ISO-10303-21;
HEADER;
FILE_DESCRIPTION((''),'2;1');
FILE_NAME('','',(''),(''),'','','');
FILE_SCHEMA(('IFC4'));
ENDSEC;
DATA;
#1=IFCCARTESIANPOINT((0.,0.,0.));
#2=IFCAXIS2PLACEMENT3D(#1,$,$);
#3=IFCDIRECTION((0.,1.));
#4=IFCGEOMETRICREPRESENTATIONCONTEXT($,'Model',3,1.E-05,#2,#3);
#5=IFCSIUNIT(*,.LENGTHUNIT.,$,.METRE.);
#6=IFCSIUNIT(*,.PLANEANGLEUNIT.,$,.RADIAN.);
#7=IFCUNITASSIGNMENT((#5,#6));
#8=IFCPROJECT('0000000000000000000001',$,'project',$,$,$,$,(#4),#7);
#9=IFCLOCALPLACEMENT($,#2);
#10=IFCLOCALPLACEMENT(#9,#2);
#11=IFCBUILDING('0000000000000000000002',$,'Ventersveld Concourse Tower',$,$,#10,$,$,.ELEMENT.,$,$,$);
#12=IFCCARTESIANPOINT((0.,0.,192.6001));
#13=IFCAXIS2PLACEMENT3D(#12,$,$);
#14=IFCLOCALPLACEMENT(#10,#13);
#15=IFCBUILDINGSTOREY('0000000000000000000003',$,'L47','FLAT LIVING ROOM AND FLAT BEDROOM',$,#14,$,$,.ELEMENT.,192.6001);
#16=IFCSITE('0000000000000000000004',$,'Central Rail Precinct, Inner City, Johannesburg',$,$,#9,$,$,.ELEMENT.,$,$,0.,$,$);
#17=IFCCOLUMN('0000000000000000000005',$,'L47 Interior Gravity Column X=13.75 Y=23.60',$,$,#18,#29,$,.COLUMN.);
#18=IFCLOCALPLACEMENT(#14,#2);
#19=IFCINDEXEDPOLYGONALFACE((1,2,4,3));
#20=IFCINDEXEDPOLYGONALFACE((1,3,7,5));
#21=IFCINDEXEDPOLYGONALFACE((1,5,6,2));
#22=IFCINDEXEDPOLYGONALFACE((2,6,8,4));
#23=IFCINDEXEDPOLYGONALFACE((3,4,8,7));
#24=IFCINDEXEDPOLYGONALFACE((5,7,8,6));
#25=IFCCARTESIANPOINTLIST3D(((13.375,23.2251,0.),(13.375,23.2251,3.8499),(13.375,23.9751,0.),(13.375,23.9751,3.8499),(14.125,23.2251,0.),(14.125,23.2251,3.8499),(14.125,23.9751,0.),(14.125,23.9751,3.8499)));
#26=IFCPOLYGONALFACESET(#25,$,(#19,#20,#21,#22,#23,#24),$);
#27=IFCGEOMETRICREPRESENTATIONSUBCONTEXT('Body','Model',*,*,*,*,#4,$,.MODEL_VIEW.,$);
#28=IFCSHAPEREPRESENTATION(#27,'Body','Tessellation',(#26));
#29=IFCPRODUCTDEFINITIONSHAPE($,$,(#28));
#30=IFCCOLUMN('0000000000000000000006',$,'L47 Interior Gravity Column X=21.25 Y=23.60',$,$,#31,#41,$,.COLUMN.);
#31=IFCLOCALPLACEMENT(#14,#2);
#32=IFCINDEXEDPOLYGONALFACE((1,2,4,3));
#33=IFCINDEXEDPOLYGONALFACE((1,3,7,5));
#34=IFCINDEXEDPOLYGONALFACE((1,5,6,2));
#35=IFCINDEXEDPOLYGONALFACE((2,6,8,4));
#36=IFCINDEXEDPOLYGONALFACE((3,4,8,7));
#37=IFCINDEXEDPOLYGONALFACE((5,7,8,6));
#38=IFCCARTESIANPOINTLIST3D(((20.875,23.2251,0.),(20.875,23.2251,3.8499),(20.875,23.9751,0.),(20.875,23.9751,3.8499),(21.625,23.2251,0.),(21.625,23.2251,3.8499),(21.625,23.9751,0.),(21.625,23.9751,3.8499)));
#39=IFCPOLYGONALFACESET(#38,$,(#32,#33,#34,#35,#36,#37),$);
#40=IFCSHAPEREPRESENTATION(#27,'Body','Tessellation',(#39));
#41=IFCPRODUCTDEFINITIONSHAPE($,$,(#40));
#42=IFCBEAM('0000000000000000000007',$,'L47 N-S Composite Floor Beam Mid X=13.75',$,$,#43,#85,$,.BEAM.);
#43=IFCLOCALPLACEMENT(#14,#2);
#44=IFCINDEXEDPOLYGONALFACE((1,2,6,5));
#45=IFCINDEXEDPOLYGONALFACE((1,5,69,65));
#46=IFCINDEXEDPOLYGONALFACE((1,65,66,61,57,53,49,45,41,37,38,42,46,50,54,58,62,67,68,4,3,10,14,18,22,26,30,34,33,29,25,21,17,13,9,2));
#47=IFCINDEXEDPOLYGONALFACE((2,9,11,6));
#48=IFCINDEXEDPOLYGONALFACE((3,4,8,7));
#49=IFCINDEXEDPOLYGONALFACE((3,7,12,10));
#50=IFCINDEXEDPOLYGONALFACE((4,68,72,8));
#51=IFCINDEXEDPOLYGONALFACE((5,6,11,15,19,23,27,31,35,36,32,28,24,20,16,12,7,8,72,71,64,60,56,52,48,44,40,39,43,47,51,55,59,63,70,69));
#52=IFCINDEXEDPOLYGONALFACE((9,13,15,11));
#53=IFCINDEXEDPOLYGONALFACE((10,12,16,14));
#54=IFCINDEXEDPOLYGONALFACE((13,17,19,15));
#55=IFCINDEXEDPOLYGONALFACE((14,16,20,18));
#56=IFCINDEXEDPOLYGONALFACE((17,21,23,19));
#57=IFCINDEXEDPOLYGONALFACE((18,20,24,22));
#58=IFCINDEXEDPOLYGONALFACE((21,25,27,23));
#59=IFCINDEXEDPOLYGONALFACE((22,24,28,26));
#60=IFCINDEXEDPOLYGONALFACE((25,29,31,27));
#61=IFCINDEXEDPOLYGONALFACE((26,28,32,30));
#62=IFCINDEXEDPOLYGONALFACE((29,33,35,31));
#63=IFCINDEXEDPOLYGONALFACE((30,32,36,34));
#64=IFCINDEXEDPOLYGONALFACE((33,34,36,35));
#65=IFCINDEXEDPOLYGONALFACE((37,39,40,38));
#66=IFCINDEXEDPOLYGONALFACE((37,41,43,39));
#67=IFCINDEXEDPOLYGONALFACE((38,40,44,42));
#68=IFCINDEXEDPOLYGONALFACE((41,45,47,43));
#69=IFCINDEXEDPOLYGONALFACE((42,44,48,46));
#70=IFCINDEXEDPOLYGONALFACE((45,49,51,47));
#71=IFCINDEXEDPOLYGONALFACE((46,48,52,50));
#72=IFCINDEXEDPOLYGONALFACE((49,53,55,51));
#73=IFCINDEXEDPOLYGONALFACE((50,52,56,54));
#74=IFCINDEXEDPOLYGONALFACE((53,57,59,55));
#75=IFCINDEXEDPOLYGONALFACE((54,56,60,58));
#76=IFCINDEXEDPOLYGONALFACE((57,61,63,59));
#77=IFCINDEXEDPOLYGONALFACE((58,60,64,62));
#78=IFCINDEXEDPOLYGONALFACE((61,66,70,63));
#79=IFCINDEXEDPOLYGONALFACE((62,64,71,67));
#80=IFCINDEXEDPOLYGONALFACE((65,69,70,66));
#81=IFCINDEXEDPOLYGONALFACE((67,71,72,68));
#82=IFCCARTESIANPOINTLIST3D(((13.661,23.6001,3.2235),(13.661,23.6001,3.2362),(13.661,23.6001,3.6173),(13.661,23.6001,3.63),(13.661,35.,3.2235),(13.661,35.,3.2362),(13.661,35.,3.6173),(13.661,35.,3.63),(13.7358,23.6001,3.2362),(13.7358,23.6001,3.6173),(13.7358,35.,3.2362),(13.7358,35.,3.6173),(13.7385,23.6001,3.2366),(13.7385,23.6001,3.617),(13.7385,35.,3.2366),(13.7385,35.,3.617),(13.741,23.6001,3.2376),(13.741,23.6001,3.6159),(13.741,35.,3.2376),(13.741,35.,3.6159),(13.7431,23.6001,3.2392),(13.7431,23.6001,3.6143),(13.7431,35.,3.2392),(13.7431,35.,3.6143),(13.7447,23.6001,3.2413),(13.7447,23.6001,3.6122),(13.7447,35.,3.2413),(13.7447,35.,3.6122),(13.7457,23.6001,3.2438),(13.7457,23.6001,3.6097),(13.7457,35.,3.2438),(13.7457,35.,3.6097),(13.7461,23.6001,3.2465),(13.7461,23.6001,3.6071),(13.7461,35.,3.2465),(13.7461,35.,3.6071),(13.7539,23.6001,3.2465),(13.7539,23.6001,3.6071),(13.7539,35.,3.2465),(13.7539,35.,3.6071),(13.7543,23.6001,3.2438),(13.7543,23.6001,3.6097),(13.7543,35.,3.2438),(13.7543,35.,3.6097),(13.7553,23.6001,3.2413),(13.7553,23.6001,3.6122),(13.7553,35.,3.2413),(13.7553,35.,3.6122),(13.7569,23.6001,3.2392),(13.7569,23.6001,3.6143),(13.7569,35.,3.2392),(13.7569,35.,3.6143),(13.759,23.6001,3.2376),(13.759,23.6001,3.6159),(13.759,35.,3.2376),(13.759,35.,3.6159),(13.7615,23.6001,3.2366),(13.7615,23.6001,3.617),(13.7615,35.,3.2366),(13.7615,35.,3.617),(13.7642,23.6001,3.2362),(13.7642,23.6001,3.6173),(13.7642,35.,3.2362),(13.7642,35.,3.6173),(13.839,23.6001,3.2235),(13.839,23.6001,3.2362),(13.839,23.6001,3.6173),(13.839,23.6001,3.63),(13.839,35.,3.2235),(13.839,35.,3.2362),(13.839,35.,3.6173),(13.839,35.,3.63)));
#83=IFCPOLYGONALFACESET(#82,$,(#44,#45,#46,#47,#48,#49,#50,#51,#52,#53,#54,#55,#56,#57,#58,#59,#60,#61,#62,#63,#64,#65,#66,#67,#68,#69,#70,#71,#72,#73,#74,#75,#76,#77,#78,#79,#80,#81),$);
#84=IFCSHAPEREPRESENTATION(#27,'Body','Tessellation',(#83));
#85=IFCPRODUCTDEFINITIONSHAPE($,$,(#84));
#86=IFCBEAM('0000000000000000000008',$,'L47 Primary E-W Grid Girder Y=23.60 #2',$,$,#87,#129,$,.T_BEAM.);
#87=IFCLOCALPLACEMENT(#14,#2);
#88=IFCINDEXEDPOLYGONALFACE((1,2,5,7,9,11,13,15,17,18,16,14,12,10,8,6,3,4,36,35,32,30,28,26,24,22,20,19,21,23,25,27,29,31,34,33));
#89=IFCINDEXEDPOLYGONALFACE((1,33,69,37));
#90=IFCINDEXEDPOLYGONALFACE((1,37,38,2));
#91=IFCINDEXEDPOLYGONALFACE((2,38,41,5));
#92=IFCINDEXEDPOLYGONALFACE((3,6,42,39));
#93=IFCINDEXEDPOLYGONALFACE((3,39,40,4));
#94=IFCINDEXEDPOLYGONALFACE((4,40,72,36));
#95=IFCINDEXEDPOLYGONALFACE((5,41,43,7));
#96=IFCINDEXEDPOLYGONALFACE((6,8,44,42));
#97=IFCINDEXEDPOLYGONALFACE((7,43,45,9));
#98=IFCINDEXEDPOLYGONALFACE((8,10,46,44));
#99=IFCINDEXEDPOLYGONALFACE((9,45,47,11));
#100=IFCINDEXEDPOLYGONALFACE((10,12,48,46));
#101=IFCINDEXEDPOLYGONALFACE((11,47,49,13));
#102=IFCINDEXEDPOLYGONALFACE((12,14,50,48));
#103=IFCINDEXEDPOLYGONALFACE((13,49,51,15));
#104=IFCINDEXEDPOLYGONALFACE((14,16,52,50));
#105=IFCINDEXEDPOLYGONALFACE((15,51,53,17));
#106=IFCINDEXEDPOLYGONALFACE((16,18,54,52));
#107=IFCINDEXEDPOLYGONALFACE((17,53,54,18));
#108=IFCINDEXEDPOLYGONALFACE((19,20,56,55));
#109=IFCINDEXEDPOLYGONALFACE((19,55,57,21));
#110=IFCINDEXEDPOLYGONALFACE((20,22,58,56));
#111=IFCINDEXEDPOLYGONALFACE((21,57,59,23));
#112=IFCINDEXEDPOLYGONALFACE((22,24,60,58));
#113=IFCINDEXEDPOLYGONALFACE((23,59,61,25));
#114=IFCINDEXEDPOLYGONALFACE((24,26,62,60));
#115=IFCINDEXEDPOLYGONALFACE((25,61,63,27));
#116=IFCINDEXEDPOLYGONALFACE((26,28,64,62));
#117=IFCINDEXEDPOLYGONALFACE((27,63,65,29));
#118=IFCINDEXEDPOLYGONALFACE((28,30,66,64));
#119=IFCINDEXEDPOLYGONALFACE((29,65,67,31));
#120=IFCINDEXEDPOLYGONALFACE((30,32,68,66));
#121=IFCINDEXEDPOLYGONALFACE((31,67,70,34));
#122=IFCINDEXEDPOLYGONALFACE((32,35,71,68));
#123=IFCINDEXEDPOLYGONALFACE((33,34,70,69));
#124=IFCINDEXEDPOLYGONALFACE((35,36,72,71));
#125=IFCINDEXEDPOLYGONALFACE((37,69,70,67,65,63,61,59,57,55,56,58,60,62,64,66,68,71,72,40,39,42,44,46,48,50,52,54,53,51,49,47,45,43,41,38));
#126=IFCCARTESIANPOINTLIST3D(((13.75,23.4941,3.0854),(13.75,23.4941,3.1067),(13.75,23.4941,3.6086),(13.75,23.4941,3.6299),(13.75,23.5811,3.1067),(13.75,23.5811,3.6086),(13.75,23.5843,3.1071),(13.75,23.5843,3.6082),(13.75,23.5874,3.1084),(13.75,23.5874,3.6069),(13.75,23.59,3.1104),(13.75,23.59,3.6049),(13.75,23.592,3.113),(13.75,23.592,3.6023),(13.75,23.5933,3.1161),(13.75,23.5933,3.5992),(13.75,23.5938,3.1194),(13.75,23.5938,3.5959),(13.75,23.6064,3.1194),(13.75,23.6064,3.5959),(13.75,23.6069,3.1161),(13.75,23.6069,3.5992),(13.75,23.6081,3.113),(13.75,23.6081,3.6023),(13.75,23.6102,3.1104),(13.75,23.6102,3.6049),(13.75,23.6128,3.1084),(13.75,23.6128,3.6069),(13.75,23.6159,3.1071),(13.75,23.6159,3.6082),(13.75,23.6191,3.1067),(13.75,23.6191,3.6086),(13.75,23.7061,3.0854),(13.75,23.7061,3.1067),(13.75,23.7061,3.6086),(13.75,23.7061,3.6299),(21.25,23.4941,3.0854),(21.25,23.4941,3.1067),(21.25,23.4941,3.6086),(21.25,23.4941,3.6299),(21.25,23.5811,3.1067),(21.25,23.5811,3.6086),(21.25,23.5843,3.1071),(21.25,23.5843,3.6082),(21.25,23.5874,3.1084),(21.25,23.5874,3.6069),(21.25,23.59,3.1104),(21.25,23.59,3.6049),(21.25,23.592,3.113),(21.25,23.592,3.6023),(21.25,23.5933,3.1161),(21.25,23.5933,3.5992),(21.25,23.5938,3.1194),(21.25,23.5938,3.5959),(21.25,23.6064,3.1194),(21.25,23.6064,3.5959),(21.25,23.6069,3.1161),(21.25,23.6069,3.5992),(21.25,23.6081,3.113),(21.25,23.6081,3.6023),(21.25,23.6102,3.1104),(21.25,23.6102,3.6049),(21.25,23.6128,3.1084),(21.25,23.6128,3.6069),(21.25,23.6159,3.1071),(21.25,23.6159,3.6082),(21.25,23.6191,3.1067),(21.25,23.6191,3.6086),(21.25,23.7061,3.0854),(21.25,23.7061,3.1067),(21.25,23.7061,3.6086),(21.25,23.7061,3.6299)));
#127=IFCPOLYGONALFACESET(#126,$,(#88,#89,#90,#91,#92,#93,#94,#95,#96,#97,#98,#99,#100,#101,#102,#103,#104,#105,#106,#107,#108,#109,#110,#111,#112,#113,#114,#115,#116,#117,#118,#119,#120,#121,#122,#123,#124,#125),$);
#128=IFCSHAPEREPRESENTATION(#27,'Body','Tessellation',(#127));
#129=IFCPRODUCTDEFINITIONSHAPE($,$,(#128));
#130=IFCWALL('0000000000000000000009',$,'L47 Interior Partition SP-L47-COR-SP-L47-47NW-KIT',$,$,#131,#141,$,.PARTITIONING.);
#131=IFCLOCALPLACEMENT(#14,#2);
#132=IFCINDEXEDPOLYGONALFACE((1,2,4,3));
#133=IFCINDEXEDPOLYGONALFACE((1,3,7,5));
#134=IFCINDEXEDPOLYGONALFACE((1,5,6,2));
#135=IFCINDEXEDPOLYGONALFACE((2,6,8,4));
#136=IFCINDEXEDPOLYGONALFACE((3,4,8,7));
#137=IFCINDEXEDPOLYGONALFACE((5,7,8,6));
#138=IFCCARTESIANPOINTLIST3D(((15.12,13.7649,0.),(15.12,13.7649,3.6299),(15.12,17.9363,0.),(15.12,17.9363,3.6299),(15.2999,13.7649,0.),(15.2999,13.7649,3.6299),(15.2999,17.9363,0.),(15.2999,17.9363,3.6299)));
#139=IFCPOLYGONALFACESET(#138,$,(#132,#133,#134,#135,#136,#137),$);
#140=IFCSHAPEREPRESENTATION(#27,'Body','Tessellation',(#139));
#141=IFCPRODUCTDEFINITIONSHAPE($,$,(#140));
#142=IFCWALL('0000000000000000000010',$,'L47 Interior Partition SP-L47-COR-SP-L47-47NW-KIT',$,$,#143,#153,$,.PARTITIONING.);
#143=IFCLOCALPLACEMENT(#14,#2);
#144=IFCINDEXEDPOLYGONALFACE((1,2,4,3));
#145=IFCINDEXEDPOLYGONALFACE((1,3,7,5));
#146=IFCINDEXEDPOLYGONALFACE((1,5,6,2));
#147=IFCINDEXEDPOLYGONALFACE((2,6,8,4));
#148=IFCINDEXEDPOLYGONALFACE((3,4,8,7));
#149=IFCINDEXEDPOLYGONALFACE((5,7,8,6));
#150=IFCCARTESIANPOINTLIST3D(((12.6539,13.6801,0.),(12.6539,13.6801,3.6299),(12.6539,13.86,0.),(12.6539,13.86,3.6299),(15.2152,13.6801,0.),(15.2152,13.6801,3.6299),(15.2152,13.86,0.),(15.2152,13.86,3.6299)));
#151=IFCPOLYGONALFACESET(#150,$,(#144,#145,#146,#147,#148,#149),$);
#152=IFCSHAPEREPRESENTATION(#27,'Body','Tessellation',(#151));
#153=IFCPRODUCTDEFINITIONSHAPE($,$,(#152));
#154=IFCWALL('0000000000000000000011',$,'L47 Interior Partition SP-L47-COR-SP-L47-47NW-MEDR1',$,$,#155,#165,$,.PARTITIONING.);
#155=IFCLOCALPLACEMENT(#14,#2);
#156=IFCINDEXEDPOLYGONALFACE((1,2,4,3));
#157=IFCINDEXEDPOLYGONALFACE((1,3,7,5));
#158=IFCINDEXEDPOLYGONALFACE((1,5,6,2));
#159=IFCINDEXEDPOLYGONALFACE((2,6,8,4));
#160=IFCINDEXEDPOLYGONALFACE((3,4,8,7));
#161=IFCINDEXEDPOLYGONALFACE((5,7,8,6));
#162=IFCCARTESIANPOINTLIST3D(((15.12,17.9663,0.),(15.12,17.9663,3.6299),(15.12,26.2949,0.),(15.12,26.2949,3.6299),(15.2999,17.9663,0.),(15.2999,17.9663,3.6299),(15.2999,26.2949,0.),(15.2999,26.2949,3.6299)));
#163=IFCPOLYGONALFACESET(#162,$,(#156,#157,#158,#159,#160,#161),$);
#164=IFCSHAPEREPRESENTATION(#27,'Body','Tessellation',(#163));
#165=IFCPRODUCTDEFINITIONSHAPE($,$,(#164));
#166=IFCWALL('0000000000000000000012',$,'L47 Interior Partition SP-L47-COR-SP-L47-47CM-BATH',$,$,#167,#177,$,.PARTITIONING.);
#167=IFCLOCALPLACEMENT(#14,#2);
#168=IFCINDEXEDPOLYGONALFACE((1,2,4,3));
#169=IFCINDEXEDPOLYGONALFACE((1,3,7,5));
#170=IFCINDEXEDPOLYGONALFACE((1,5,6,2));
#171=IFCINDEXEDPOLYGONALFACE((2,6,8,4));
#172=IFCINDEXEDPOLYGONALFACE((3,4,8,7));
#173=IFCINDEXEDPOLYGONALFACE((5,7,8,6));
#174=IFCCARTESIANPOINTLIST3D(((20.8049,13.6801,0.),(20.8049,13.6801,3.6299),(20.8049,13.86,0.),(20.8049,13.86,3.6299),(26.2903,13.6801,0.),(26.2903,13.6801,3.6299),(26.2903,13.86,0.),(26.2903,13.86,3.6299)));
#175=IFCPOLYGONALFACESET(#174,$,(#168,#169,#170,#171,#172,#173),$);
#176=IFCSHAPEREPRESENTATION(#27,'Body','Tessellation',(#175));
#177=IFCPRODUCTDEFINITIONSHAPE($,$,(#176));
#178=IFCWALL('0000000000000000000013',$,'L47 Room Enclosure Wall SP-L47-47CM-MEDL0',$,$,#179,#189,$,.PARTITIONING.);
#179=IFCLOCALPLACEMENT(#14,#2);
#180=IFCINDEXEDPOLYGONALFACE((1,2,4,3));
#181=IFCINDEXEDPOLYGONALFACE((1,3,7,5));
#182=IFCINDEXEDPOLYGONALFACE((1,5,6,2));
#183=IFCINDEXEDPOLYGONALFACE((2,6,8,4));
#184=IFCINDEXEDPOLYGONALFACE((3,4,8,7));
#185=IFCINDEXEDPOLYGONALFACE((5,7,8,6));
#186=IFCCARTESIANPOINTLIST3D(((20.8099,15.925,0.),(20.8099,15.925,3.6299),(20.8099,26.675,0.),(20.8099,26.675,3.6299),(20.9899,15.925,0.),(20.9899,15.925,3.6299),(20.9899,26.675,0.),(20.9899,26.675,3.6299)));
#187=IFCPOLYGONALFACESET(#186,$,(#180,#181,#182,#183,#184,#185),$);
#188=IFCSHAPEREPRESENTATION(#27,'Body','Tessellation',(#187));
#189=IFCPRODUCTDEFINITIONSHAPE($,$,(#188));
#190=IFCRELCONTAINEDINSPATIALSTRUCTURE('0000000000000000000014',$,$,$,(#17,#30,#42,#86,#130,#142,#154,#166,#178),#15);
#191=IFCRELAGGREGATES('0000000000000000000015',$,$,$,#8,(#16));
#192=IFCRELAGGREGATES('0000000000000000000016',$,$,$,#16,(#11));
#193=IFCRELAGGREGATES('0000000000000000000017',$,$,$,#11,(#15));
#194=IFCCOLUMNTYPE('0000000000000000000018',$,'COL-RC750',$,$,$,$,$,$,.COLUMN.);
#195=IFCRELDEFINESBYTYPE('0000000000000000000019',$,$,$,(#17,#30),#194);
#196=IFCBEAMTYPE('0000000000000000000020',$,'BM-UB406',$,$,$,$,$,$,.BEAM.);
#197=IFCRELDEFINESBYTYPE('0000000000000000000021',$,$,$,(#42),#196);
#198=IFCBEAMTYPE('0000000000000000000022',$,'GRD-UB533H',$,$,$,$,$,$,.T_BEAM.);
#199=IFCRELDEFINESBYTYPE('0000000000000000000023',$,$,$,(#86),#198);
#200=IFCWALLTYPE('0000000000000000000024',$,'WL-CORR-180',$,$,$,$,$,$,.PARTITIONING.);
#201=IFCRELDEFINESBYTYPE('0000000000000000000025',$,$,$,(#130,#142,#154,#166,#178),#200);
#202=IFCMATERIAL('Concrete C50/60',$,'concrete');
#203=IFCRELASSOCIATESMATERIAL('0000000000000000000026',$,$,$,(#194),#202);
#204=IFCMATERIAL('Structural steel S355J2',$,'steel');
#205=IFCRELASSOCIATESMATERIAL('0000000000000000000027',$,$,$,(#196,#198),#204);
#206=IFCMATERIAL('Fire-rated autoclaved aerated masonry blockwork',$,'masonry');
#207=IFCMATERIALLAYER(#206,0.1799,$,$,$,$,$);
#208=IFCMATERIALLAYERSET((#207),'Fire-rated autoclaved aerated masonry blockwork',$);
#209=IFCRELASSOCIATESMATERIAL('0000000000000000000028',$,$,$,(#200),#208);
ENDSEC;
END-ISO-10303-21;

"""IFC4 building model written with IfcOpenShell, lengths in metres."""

from ifc_helpers import new_model, si_unit, direction, frame, frame_2d, origin, origin_2d, place, context, subcontext, project, spatial, rectangle, i_section, extrude, material, layer, layer_set, material_profile, profile_set, type_object, element, save


model = new_model("IFC4")

# Units and contexts
model_context = context("Model", 3, precision=1e-05, world=origin(), true_north=direction((0.0, 1.0)))
body_context = subcontext(model_context, "Body", "Model", "MODEL_VIEW")
ifc_project = project(units=[si_unit("LENGTHUNIT", "METRE"), si_unit("PLANEANGLEUNIT", "RADIAN")], contexts=[model_context])

# Site, building, storey
site_placement = place(None, origin())
site = spatial("IfcSite", under=ifc_project, at=site_placement, Name="Central Rail Precinct, Inner City, Johannesburg", CompositionType="ELEMENT", RefElevation=0.0)
building_placement = place(site_placement, origin())
building = spatial("IfcBuilding", under=site, at=building_placement, Name="Ventersveld Concourse Tower", CompositionType="ELEMENT")
storey_placement = place(building_placement, frame((0.0, 0.0, 192.6001)))
storey = spatial("IfcBuildingStorey", under=building, at=storey_placement, Name="L47", Description="FLAT LIVING ROOM AND FLAT BEDROOM", CompositionType="ELEMENT", Elevation=192.6001)

# Columns
ifc_material_1 = material(Name="Concrete C50/60", Category="concrete")
ifc_material_profile_1 = material_profile(ifc_material_1, rectangle(XDim=0.75, YDim=0.75, at=origin_2d()), Name="RC 750x750")
ifc_profile_set_1 = profile_set([ifc_material_profile_1], Name="Concrete C50/60")
column_type = type_object("IfcColumnType", Name="COL-RC750", PredefinedType="COLUMN", material=ifc_profile_set_1)
for number, where, z_axis, x_axis, name in (
    (1, (13.75, 23.6001, 0.0), (0.0, 0.0, 1.0), (1.0, 0.0, 0.0), "L47 Interior Gravity Column X=13.75 Y=23.60"),
    (2, (21.25, 23.6001, 0.0), (0.0, 0.0, 1.0), (1.0, 0.0, 0.0), "L47 Interior Gravity Column X=21.25 Y=23.60"),
):
    element("IfcColumn", number, at=place(storey_placement, frame(where, z_axis=z_axis, x_axis=x_axis)), inside=storey, type_object=column_type, Name=name, PredefinedType="COLUMN", context=body_context, shape_type="SweptSolid", body=[
        extrude(rectangle(XDim=0.75, YDim=0.75, at=origin_2d()), origin(), (0.0, 0.0, 1.0), 3.8499),
    ])

# Beams
ifc_material_2 = material(Name="Structural steel S355J2", Category="steel")
ifc_material_profile_2 = material_profile(ifc_material_2, i_section(OverallWidth=0.178, OverallDepth=0.4065, WebThickness=0.0078, FlangeThickness=0.0127, FilletRadius=0.0103, at=origin_2d()), Name="UB 406x178x60")
ifc_profile_set_2 = profile_set([ifc_material_profile_2], Name="Structural steel S355J2")
beam_type_1 = type_object("IfcBeamType", Name="BM-UB406", PredefinedType="BEAM", material=ifc_profile_set_2)
beam_1_placement = place(storey_placement, frame((13.75, 23.6001, 3.4268), z_axis=(0.0, 1.0, 0.0), x_axis=(-1.0, 0.0, 0.0)))
element("IfcBeam", 3, at=beam_1_placement, inside=storey, type_object=beam_type_1, Name="L47 N-S Composite Floor Beam Mid X=13.75", PredefinedType="BEAM", context=body_context, shape_type="SweptSolid", body=[
    extrude(i_section(OverallWidth=0.178, OverallDepth=0.4065, WebThickness=0.0078, FlangeThickness=0.0127, FilletRadius=0.0103, at=origin_2d()), origin(), (0.0, 0.0, 1.0), 11.3999),
])
ifc_material_profile_3 = material_profile(ifc_material_2, i_section(OverallWidth=0.2119, OverallDepth=0.5444, WebThickness=0.0127, FlangeThickness=0.0212, FilletRadius=0.0127, at=origin_2d()), Name="UB 533x210x122")
ifc_profile_set_3 = profile_set([ifc_material_profile_3], Name="Structural steel S355J2")
beam_type_2 = type_object("IfcBeamType", Name="GRD-UB533H", PredefinedType="T_BEAM", material=ifc_profile_set_3)
beam_2_placement = place(storey_placement, frame((13.75, 23.6001, 3.3577), z_axis=(1.0, 0.0, 0.0), x_axis=(0.0, 1.0, 0.0)))
element("IfcBeam", 4, at=beam_2_placement, inside=storey, type_object=beam_type_2, Name="L47 Primary E-W Grid Girder Y=23.60 #2", PredefinedType="T_BEAM", context=body_context, shape_type="SweptSolid", body=[
    extrude(i_section(OverallWidth=0.2119, OverallDepth=0.5444, WebThickness=0.0127, FlangeThickness=0.0212, FilletRadius=0.0127, at=origin_2d()), origin(), (0.0, 0.0, 1.0), 7.5),
])

# Walls
ifc_material_3 = material(Name="Fire-rated autoclaved aerated masonry blockwork", Category="masonry")
ifc_layer_1 = layer(ifc_material_3, 0.1799)
ifc_layer_set_1 = layer_set([ifc_layer_1], Name="Fire-rated autoclaved aerated masonry blockwork")
wall_type_1 = type_object("IfcWallType", Name="WL-CORR-180", PredefinedType="PARTITIONING", material=ifc_layer_set_1)
wall_1_placement = place(storey_placement, frame((15.21, 13.7649, 0.0), z_axis=(0.0, 0.0, 1.0), x_axis=(0.0, 1.0, 0.0)))
element("IfcWall", 5, at=wall_1_placement, inside=storey, type_object=wall_type_1, Name="L47 Interior Partition SP-L47-COR-SP-L47-47NW-KIT", PredefinedType="PARTITIONING", context=body_context, shape_type="SweptSolid", body=[
    extrude(rectangle(XDim=4.1714, YDim=0.1799, at=frame_2d((2.0857, 0.0))), origin(), (0.0, 0.0, 1.0), 3.6299),
])
wall_2_placement = place(storey_placement, frame((12.6538, 13.77, 0.0), z_axis=(0.0, 0.0, 1.0), x_axis=(1.0, 0.0, 0.0)))
element("IfcWall", 6, at=wall_2_placement, inside=storey, type_object=wall_type_1, Name="L47 Interior Partition SP-L47-COR-SP-L47-47NW-KIT", PredefinedType="PARTITIONING", context=body_context, shape_type="SweptSolid", body=[
    extrude(rectangle(XDim=2.5613, YDim=0.1799, at=frame_2d((1.2808, 0.0))), origin(), (0.0, 0.0, 1.0), 3.6299),
])
wall_3_placement = place(storey_placement, frame((15.21, 17.9663, 0.0), z_axis=(0.0, 0.0, 1.0), x_axis=(0.0, 1.0, 0.0)))
element("IfcWall", 7, at=wall_3_placement, inside=storey, type_object=wall_type_1, Name="L47 Interior Partition SP-L47-COR-SP-L47-47NW-MEDR1", PredefinedType="PARTITIONING", context=body_context, shape_type="SweptSolid", body=[
    extrude(rectangle(XDim=8.3286, YDim=0.1799, at=frame_2d((4.1643, 0.0))), origin(), (0.0, 0.0, 1.0), 3.6299),
])

# Walls
wall_4_placement = place(storey_placement, frame((20.8049, 13.77, 0.0), z_axis=(0.0, 0.0, 1.0), x_axis=(1.0, 0.0, 0.0)))
element("IfcWall", 8, at=wall_4_placement, inside=storey, type_object=wall_type_1, Name="L47 Interior Partition SP-L47-COR-SP-L47-47CM-BATH", PredefinedType="PARTITIONING", context=body_context, shape_type="SweptSolid", body=[
    extrude(rectangle(XDim=5.4854, YDim=0.1799, at=frame_2d((2.7427, 0.0))), origin(), (0.0, 0.0, 1.0), 3.6299),
])
wall_5_placement = place(storey_placement, frame((20.8999, 15.925, 0.0), z_axis=(0.0, 0.0, 1.0), x_axis=(0.0, 1.0, 0.0)))
element("IfcWall", 9, at=wall_5_placement, inside=storey, type_object=wall_type_1, Name="L47 Room Enclosure Wall SP-L47-47CM-MEDL0", PredefinedType="PARTITIONING", context=body_context, shape_type="SweptSolid", body=[
    extrude(rectangle(XDim=10.75, YDim=0.1799, at=frame_2d((5.375, 0.0))), origin(), (0.0, 0.0, 1.0), 3.6299),
])

save(model, "model.ifc")
